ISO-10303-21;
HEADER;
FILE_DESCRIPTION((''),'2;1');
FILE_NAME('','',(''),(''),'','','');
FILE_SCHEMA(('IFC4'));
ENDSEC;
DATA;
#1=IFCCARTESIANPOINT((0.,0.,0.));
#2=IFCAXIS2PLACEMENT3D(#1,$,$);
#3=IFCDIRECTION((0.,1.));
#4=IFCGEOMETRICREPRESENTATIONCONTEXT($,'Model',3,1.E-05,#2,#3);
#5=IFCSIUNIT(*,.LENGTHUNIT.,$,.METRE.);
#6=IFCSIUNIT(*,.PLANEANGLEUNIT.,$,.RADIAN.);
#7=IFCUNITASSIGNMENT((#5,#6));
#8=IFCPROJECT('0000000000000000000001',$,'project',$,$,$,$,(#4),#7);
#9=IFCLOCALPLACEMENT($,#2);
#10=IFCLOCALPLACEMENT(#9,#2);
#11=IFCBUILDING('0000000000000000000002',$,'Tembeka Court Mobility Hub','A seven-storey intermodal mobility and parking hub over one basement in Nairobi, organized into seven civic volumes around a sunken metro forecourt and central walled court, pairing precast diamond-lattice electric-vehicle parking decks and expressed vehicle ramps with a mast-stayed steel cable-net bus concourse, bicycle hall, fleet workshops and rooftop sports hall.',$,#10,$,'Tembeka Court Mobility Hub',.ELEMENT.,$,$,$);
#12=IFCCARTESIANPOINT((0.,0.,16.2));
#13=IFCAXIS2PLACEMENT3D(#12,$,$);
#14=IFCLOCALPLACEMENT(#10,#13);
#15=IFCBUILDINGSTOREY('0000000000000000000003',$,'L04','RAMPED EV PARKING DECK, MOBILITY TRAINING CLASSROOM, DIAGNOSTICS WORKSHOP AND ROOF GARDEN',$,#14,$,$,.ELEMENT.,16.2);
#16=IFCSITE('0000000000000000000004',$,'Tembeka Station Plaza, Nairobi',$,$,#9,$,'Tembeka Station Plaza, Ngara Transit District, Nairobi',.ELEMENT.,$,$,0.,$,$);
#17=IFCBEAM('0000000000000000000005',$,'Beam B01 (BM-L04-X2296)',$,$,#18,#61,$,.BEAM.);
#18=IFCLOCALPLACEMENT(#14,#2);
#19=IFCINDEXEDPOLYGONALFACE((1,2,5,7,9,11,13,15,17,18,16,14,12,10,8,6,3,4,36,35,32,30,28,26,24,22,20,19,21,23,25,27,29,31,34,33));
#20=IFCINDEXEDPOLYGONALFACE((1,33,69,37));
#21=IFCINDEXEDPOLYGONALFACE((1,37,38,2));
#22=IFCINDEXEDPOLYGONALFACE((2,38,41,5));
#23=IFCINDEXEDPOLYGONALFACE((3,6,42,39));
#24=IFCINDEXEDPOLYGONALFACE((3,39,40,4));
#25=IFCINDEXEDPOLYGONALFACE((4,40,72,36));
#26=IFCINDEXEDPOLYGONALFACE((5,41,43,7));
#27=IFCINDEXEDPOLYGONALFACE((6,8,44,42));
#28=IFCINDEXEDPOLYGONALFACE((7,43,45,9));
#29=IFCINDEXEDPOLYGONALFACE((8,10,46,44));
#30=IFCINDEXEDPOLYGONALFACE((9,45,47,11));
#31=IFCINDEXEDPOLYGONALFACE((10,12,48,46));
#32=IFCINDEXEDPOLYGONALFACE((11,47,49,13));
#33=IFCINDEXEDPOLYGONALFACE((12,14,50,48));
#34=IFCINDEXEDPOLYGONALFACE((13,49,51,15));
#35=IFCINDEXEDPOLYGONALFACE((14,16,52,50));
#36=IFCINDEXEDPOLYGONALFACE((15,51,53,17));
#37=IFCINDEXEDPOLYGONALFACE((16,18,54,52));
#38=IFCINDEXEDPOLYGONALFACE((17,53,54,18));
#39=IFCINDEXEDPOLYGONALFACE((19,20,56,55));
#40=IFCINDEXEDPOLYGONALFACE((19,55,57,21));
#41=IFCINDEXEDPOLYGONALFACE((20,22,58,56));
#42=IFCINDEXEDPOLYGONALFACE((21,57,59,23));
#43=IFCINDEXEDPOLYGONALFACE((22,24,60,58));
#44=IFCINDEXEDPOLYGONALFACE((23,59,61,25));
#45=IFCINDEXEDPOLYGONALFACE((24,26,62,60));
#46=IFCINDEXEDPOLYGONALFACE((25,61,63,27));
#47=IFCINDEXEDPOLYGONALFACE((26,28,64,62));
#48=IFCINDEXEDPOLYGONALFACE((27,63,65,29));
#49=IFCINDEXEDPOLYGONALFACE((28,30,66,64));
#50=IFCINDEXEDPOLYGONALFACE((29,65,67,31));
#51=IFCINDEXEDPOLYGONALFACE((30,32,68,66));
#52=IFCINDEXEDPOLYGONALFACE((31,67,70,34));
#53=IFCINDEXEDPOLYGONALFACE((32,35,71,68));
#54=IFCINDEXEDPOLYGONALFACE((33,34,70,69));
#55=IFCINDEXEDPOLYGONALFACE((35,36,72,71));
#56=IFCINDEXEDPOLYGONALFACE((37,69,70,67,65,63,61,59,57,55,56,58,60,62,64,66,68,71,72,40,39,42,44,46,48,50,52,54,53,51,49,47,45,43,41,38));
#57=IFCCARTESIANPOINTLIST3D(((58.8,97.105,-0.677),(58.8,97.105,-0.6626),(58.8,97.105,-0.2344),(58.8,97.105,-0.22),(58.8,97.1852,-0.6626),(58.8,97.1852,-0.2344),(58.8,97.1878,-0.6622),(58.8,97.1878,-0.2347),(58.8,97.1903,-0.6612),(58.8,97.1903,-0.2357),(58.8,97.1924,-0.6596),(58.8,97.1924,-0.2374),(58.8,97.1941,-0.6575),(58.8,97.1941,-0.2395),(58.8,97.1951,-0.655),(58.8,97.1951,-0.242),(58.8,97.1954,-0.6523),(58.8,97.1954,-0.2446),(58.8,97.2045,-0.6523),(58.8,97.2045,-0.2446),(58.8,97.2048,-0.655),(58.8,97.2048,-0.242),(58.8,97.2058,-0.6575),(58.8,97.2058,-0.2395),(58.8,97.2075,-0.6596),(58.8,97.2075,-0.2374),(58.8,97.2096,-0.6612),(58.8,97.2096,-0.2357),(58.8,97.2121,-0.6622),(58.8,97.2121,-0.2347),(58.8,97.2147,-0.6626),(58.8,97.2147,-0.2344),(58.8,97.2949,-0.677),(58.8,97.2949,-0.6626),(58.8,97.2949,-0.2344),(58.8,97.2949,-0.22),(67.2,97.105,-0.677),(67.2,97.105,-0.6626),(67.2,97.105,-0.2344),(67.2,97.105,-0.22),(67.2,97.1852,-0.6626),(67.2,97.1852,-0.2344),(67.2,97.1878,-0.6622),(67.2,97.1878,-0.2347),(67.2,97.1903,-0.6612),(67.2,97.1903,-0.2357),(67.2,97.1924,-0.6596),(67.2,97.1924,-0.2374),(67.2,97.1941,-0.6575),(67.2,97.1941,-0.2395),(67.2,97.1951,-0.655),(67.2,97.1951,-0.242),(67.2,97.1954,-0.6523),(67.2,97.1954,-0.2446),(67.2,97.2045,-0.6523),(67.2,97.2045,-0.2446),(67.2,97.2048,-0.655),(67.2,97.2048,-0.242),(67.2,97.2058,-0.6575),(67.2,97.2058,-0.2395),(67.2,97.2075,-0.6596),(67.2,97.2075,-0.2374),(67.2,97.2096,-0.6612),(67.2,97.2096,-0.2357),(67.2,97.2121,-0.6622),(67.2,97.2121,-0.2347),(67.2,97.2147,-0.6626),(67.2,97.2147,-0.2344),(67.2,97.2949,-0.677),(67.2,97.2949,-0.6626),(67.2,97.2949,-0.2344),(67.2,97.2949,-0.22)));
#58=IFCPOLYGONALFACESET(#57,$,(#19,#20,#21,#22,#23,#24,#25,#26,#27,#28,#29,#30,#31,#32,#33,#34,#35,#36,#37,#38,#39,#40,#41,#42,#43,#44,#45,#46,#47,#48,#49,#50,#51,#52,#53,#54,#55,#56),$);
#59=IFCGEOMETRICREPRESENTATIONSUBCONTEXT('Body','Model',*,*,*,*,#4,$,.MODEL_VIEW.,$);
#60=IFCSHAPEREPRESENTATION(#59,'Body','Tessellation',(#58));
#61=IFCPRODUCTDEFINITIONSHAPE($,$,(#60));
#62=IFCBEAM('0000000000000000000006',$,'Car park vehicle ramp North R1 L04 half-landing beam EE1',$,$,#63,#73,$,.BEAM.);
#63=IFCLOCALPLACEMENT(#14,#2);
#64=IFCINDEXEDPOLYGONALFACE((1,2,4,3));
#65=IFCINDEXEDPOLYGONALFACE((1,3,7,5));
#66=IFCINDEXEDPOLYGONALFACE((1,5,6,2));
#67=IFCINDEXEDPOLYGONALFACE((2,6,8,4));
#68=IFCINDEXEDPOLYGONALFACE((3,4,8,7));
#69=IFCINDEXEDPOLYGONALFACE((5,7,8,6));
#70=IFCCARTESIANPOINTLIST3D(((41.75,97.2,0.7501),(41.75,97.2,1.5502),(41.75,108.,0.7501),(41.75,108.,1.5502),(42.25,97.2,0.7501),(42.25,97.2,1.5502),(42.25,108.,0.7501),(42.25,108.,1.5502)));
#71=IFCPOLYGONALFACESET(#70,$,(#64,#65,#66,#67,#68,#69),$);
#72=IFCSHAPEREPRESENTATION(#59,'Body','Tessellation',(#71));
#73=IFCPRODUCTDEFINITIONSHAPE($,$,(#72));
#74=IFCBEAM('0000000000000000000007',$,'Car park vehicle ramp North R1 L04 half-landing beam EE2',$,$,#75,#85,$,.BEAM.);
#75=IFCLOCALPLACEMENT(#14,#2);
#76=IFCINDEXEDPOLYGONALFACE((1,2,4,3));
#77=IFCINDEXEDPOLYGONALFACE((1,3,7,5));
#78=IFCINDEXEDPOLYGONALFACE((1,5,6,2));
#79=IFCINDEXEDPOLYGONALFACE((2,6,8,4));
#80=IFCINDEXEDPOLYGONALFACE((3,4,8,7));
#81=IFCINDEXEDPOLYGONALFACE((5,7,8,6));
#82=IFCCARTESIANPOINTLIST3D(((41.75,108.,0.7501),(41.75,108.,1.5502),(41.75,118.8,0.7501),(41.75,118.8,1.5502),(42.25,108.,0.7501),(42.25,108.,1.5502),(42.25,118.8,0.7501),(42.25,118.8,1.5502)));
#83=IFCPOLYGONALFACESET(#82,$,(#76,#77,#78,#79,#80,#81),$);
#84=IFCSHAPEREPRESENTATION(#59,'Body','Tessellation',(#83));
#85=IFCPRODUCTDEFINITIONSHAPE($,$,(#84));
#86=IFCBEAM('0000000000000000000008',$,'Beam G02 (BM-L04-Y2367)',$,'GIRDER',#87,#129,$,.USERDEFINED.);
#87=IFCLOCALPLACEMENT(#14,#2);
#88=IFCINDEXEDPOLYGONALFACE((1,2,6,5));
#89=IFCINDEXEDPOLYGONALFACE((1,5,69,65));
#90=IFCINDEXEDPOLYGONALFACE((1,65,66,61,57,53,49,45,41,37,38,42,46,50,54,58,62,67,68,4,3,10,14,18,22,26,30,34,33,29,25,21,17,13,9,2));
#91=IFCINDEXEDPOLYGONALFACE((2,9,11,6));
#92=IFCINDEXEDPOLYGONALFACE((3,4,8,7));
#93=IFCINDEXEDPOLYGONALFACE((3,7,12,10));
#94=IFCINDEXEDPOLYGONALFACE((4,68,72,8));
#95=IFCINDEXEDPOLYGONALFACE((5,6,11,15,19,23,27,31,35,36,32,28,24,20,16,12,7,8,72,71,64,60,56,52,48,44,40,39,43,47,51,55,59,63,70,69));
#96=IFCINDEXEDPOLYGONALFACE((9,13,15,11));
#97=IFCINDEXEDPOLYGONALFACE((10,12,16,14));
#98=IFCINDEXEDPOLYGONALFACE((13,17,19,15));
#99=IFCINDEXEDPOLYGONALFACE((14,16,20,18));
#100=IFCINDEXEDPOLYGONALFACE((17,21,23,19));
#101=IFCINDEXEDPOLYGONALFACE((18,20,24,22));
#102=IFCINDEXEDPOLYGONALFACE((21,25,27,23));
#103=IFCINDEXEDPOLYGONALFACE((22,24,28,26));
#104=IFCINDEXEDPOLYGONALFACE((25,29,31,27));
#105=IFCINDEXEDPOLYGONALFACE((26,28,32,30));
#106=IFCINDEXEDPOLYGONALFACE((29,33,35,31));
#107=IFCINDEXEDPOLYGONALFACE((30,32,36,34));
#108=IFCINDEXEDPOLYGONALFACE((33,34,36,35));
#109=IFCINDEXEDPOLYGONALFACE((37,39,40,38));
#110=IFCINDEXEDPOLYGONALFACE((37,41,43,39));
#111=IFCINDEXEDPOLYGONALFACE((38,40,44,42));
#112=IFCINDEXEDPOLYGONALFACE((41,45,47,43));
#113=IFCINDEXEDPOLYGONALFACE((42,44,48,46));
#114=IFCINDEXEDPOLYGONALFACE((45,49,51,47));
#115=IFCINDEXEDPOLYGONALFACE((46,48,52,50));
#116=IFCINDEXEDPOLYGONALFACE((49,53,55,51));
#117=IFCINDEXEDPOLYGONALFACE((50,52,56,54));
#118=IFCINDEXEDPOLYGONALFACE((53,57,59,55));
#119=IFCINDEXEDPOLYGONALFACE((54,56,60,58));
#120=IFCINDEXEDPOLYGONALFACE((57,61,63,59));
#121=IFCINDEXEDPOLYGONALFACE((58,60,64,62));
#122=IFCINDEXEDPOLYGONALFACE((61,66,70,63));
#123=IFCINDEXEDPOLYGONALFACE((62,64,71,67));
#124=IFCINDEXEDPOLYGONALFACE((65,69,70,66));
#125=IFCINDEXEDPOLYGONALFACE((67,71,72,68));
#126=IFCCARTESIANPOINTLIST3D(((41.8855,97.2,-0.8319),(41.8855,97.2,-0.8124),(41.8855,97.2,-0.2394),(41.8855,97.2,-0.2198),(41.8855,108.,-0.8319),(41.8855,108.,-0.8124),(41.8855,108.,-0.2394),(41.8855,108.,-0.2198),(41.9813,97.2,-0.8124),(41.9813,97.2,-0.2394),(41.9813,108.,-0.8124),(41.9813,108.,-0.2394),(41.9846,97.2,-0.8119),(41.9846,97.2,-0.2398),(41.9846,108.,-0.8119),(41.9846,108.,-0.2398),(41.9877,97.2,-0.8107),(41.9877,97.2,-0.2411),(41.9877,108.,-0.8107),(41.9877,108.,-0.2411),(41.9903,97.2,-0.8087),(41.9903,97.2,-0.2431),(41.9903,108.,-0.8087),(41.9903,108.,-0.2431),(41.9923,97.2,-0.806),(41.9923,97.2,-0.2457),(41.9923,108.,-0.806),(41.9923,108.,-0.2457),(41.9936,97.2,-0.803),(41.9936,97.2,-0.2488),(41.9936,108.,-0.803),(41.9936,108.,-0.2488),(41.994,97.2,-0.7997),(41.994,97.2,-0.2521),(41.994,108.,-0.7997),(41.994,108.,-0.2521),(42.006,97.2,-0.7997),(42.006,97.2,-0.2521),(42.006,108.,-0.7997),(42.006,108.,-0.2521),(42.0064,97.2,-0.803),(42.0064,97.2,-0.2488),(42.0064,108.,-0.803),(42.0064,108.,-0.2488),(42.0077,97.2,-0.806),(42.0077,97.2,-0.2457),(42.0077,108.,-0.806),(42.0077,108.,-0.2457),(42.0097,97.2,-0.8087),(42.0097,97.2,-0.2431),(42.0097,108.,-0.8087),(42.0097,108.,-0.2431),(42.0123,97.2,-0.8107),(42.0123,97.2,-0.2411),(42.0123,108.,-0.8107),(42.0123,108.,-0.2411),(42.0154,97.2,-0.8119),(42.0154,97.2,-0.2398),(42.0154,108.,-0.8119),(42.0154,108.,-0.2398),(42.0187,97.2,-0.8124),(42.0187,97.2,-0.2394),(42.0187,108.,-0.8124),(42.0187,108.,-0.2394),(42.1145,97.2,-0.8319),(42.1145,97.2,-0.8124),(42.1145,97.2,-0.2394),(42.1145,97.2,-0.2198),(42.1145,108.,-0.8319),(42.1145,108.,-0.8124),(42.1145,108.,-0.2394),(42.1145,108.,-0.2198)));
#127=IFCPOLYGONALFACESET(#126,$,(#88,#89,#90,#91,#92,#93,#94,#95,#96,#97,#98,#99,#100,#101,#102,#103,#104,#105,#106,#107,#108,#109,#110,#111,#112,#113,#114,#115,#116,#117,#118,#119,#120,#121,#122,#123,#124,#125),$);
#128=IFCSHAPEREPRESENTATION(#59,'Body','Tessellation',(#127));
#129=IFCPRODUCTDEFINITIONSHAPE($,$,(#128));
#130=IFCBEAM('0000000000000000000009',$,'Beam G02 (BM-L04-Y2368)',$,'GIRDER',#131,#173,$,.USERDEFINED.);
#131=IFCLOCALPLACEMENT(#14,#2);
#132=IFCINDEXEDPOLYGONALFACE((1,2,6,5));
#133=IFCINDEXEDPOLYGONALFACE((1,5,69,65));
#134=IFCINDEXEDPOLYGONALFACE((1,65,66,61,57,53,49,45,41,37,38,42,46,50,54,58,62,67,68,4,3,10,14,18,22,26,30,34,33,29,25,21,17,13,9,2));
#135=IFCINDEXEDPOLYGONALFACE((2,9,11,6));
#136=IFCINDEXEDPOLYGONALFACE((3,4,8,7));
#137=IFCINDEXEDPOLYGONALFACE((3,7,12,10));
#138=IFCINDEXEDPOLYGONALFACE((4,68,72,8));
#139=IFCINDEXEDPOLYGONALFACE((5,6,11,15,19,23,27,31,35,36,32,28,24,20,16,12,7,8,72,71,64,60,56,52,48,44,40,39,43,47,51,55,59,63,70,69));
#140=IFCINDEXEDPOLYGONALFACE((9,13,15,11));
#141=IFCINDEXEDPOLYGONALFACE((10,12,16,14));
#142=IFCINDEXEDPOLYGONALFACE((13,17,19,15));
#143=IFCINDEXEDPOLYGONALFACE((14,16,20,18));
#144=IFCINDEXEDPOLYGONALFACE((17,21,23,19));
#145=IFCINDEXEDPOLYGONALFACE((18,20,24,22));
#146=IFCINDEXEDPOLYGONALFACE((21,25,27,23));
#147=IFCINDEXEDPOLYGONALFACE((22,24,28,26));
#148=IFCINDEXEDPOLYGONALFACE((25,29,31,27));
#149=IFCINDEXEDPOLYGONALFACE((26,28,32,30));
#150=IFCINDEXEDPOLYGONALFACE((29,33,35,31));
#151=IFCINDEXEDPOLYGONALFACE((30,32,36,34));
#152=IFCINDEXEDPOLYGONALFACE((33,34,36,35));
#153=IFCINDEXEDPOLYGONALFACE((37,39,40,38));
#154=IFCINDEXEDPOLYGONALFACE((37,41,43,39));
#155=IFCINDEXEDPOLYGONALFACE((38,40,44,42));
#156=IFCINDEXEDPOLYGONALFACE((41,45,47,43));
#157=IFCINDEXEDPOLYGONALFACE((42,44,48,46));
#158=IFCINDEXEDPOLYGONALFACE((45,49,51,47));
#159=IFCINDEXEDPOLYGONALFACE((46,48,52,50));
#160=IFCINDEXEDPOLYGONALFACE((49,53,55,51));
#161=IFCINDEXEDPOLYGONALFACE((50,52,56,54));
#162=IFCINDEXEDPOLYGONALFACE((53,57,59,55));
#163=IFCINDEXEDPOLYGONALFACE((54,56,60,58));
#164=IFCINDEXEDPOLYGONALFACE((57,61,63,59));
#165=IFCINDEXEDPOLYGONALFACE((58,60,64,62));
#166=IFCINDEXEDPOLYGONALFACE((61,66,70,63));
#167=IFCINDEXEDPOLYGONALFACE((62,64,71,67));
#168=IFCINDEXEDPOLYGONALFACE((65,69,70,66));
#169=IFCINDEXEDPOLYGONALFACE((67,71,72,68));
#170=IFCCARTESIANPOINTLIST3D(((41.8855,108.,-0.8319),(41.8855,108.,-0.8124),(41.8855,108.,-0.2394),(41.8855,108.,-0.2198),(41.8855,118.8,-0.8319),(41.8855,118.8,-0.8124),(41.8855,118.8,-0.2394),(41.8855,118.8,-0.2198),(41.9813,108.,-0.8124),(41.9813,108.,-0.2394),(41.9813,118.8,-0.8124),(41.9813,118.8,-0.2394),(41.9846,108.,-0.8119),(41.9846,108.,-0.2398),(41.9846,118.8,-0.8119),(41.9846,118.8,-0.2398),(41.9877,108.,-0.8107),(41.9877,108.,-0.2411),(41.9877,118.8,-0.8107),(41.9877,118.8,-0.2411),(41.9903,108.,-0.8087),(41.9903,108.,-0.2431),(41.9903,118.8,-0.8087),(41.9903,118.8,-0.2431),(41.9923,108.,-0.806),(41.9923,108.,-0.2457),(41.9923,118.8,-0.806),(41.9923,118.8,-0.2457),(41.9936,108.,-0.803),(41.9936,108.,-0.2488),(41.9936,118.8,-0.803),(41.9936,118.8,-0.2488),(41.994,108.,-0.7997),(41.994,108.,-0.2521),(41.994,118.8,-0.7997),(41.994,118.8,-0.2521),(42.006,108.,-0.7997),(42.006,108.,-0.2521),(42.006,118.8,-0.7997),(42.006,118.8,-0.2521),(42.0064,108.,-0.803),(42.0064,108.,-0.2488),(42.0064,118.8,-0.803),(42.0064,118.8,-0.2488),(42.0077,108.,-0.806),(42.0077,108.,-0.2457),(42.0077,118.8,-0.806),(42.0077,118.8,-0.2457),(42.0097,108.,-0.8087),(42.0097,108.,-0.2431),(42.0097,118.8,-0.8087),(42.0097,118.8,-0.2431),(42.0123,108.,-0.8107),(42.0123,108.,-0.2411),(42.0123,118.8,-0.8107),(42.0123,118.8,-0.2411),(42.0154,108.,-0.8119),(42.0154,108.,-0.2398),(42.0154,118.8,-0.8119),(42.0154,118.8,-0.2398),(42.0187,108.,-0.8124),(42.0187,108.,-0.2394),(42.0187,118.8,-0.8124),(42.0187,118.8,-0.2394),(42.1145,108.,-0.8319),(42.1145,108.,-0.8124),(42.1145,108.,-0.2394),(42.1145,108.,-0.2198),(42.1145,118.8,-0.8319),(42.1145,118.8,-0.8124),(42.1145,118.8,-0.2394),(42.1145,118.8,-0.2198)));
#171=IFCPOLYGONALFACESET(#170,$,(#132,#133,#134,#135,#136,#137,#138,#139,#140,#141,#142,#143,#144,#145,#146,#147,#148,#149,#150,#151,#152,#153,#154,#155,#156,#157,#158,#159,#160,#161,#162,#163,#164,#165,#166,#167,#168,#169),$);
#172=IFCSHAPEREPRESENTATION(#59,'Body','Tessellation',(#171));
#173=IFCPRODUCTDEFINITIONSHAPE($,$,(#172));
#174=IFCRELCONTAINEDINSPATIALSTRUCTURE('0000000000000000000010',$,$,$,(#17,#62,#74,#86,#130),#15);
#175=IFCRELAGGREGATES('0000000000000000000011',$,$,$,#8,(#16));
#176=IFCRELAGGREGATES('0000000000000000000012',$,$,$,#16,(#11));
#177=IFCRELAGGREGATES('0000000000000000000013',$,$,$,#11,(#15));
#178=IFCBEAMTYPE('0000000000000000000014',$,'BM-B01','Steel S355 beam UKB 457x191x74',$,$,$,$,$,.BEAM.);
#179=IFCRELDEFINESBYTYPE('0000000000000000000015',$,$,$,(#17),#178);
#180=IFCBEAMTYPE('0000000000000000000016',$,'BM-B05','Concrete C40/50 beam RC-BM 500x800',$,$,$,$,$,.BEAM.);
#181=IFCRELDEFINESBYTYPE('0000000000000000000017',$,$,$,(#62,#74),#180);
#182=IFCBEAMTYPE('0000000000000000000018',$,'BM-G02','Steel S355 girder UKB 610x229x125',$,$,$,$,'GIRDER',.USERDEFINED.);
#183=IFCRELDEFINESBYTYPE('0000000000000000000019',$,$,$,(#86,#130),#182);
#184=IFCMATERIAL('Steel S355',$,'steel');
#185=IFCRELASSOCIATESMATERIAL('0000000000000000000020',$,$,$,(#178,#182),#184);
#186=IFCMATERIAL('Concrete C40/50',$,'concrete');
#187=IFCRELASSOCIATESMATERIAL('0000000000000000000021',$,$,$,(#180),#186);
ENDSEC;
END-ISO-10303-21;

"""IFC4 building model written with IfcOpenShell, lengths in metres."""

from ifc_helpers import new_model, si_unit, direction, frame, origin, origin_2d, place, context, subcontext, project, spatial, rectangle, i_section, extrude, material, material_profile, profile_set, type_object, element, save


model = new_model("IFC4")

# Units and contexts
model_context = context("Model", 3, precision=1e-05, world=origin(), true_north=direction((0.0, 1.0)))
body_context = subcontext(model_context, "Body", "Model", "MODEL_VIEW")
ifc_project = project(units=[si_unit("LENGTHUNIT", "METRE"), si_unit("PLANEANGLEUNIT", "RADIAN")], contexts=[model_context])

# Site, building, storey
site_placement = place(None, origin())
site = spatial("IfcSite", under=ifc_project, at=site_placement, Name="Tembeka Station Plaza, Nairobi", LongName="Tembeka Station Plaza, Ngara Transit District, Nairobi", CompositionType="ELEMENT", RefElevation=0.0)
building_placement = place(site_placement, origin())
building = spatial("IfcBuilding", under=site, at=building_placement, Name="Tembeka Court Mobility Hub", Description="A seven-storey intermodal mobility and parking hub over one basement in Nairobi, organized into seven civic volumes around a sunken metro forecourt and central walled court, pairing precast diamond-lattice electric-vehicle parking decks and expressed vehicle ramps with a mast-stayed steel cable-net bus concourse, bicycle hall, fleet workshops and rooftop sports hall.", LongName="Tembeka Court Mobility Hub", CompositionType="ELEMENT")
storey_placement = place(building_placement, frame((0.0, 0.0, 16.2)))
storey = spatial("IfcBuildingStorey", under=building, at=storey_placement, Name="L04", Description="RAMPED EV PARKING DECK, MOBILITY TRAINING CLASSROOM, DIAGNOSTICS WORKSHOP AND ROOF GARDEN", CompositionType="ELEMENT", Elevation=16.2)

# Shared definitions
ifc_material_1 = material(Name="Steel S355", Category="steel")

# Beams
ifc_material_profile_1 = material_profile(ifc_material_1, i_section(OverallWidth=0.1899, OverallDepth=0.457, WebThickness=0.009, FlangeThickness=0.0144, FilletRadius=0.0103, at=origin_2d()), Name="UKB 457x191x74")
ifc_profile_set_1 = profile_set([ifc_material_profile_1], Name="Steel S355")
beam_type_1 = type_object("IfcBeamType", Name="BM-B01", Description="Steel S355 beam UKB 457x191x74", PredefinedType="BEAM", material=ifc_profile_set_1)
beam_1_placement = place(storey_placement, frame((58.8, 97.2, -0.4485), z_axis=(1.0, 0.0, 0.0), x_axis=(0.0, 1.0, 0.0)))
element("IfcBeam", 1, at=beam_1_placement, inside=storey, type_object=beam_type_1, Name="Beam B01 (BM-L04-X2296)", PredefinedType="BEAM", context=body_context, shape_type="SweptSolid", body=[
    extrude(i_section(OverallWidth=0.1899, OverallDepth=0.457, WebThickness=0.009, FlangeThickness=0.0144, FilletRadius=0.0103, at=origin_2d()), origin(), (0.0, 0.0, 1.0), 8.3999),
])
ifc_material_2 = material(Name="Concrete C40/50", Category="concrete")
ifc_material_profile_2 = material_profile(ifc_material_2, rectangle(XDim=0.5, YDim=0.8, at=origin_2d()), Name="RC-BM 500x800")
ifc_profile_set_2 = profile_set([ifc_material_profile_2], Name="Concrete C40/50")
beam_type_2 = type_object("IfcBeamType", Name="BM-B05", Description="Concrete C40/50 beam RC-BM 500x800", PredefinedType="BEAM", material=ifc_profile_set_2)
for number, where, z_axis, x_axis, name in (
    (2, (42.0, 97.2, 1.1501), (0.0, 1.0, 0.0), (-1.0, 0.0, 0.0), "Car park vehicle ramp North R1 L04 half-landing beam EE1"),
    (3, (42.0, 108.0, 1.1501), (0.0, 1.0, 0.0), (-1.0, 0.0, 0.0), "Car park vehicle ramp North R1 L04 half-landing beam EE2"),
):
    element("IfcBeam", number, at=place(storey_placement, frame(where, z_axis=z_axis, x_axis=x_axis)), inside=storey, type_object=beam_type_2, Name=name, PredefinedType="BEAM", context=body_context, shape_type="SweptSolid", body=[
        extrude(rectangle(XDim=0.5, YDim=0.8, at=origin_2d()), origin(), (0.0, 0.0, 1.0), 10.8),
    ])
ifc_material_profile_3 = material_profile(ifc_material_1, i_section(OverallWidth=0.229, OverallDepth=0.6121, WebThickness=0.012, FlangeThickness=0.0195, FilletRadius=0.0127, at=origin_2d()), Name="UKB 610x229x125")
ifc_profile_set_3 = profile_set([ifc_material_profile_3], Name="Steel S355")
beam_type_3 = type_object("IfcBeamType", Name="BM-G02", Description="Steel S355 girder UKB 610x229x125", ElementType="GIRDER", PredefinedType="USERDEFINED", material=ifc_profile_set_3)
for number, where, z_axis, x_axis, name in (
    (4, (42.0, 97.2, -0.5259), (0.0, 1.0, 0.0), (-1.0, 0.0, 0.0), "Beam G02 (BM-L04-Y2367)"),
    (5, (42.0, 108.0, -0.5259), (0.0, 1.0, 0.0), (-1.0, 0.0, 0.0), "Beam G02 (BM-L04-Y2368)"),
):
    element("IfcBeam", number, at=place(storey_placement, frame(where, z_axis=z_axis, x_axis=x_axis)), inside=storey, type_object=beam_type_3, Name=name, ObjectType="GIRDER", PredefinedType="USERDEFINED", context=body_context, shape_type="SweptSolid", body=[
        extrude(i_section(OverallWidth=0.229, OverallDepth=0.6121, WebThickness=0.012, FlangeThickness=0.0195, FilletRadius=0.0127, at=origin_2d()), origin(), (0.0, 0.0, 1.0), 10.8),
    ])

save(model, "model.ifc")
